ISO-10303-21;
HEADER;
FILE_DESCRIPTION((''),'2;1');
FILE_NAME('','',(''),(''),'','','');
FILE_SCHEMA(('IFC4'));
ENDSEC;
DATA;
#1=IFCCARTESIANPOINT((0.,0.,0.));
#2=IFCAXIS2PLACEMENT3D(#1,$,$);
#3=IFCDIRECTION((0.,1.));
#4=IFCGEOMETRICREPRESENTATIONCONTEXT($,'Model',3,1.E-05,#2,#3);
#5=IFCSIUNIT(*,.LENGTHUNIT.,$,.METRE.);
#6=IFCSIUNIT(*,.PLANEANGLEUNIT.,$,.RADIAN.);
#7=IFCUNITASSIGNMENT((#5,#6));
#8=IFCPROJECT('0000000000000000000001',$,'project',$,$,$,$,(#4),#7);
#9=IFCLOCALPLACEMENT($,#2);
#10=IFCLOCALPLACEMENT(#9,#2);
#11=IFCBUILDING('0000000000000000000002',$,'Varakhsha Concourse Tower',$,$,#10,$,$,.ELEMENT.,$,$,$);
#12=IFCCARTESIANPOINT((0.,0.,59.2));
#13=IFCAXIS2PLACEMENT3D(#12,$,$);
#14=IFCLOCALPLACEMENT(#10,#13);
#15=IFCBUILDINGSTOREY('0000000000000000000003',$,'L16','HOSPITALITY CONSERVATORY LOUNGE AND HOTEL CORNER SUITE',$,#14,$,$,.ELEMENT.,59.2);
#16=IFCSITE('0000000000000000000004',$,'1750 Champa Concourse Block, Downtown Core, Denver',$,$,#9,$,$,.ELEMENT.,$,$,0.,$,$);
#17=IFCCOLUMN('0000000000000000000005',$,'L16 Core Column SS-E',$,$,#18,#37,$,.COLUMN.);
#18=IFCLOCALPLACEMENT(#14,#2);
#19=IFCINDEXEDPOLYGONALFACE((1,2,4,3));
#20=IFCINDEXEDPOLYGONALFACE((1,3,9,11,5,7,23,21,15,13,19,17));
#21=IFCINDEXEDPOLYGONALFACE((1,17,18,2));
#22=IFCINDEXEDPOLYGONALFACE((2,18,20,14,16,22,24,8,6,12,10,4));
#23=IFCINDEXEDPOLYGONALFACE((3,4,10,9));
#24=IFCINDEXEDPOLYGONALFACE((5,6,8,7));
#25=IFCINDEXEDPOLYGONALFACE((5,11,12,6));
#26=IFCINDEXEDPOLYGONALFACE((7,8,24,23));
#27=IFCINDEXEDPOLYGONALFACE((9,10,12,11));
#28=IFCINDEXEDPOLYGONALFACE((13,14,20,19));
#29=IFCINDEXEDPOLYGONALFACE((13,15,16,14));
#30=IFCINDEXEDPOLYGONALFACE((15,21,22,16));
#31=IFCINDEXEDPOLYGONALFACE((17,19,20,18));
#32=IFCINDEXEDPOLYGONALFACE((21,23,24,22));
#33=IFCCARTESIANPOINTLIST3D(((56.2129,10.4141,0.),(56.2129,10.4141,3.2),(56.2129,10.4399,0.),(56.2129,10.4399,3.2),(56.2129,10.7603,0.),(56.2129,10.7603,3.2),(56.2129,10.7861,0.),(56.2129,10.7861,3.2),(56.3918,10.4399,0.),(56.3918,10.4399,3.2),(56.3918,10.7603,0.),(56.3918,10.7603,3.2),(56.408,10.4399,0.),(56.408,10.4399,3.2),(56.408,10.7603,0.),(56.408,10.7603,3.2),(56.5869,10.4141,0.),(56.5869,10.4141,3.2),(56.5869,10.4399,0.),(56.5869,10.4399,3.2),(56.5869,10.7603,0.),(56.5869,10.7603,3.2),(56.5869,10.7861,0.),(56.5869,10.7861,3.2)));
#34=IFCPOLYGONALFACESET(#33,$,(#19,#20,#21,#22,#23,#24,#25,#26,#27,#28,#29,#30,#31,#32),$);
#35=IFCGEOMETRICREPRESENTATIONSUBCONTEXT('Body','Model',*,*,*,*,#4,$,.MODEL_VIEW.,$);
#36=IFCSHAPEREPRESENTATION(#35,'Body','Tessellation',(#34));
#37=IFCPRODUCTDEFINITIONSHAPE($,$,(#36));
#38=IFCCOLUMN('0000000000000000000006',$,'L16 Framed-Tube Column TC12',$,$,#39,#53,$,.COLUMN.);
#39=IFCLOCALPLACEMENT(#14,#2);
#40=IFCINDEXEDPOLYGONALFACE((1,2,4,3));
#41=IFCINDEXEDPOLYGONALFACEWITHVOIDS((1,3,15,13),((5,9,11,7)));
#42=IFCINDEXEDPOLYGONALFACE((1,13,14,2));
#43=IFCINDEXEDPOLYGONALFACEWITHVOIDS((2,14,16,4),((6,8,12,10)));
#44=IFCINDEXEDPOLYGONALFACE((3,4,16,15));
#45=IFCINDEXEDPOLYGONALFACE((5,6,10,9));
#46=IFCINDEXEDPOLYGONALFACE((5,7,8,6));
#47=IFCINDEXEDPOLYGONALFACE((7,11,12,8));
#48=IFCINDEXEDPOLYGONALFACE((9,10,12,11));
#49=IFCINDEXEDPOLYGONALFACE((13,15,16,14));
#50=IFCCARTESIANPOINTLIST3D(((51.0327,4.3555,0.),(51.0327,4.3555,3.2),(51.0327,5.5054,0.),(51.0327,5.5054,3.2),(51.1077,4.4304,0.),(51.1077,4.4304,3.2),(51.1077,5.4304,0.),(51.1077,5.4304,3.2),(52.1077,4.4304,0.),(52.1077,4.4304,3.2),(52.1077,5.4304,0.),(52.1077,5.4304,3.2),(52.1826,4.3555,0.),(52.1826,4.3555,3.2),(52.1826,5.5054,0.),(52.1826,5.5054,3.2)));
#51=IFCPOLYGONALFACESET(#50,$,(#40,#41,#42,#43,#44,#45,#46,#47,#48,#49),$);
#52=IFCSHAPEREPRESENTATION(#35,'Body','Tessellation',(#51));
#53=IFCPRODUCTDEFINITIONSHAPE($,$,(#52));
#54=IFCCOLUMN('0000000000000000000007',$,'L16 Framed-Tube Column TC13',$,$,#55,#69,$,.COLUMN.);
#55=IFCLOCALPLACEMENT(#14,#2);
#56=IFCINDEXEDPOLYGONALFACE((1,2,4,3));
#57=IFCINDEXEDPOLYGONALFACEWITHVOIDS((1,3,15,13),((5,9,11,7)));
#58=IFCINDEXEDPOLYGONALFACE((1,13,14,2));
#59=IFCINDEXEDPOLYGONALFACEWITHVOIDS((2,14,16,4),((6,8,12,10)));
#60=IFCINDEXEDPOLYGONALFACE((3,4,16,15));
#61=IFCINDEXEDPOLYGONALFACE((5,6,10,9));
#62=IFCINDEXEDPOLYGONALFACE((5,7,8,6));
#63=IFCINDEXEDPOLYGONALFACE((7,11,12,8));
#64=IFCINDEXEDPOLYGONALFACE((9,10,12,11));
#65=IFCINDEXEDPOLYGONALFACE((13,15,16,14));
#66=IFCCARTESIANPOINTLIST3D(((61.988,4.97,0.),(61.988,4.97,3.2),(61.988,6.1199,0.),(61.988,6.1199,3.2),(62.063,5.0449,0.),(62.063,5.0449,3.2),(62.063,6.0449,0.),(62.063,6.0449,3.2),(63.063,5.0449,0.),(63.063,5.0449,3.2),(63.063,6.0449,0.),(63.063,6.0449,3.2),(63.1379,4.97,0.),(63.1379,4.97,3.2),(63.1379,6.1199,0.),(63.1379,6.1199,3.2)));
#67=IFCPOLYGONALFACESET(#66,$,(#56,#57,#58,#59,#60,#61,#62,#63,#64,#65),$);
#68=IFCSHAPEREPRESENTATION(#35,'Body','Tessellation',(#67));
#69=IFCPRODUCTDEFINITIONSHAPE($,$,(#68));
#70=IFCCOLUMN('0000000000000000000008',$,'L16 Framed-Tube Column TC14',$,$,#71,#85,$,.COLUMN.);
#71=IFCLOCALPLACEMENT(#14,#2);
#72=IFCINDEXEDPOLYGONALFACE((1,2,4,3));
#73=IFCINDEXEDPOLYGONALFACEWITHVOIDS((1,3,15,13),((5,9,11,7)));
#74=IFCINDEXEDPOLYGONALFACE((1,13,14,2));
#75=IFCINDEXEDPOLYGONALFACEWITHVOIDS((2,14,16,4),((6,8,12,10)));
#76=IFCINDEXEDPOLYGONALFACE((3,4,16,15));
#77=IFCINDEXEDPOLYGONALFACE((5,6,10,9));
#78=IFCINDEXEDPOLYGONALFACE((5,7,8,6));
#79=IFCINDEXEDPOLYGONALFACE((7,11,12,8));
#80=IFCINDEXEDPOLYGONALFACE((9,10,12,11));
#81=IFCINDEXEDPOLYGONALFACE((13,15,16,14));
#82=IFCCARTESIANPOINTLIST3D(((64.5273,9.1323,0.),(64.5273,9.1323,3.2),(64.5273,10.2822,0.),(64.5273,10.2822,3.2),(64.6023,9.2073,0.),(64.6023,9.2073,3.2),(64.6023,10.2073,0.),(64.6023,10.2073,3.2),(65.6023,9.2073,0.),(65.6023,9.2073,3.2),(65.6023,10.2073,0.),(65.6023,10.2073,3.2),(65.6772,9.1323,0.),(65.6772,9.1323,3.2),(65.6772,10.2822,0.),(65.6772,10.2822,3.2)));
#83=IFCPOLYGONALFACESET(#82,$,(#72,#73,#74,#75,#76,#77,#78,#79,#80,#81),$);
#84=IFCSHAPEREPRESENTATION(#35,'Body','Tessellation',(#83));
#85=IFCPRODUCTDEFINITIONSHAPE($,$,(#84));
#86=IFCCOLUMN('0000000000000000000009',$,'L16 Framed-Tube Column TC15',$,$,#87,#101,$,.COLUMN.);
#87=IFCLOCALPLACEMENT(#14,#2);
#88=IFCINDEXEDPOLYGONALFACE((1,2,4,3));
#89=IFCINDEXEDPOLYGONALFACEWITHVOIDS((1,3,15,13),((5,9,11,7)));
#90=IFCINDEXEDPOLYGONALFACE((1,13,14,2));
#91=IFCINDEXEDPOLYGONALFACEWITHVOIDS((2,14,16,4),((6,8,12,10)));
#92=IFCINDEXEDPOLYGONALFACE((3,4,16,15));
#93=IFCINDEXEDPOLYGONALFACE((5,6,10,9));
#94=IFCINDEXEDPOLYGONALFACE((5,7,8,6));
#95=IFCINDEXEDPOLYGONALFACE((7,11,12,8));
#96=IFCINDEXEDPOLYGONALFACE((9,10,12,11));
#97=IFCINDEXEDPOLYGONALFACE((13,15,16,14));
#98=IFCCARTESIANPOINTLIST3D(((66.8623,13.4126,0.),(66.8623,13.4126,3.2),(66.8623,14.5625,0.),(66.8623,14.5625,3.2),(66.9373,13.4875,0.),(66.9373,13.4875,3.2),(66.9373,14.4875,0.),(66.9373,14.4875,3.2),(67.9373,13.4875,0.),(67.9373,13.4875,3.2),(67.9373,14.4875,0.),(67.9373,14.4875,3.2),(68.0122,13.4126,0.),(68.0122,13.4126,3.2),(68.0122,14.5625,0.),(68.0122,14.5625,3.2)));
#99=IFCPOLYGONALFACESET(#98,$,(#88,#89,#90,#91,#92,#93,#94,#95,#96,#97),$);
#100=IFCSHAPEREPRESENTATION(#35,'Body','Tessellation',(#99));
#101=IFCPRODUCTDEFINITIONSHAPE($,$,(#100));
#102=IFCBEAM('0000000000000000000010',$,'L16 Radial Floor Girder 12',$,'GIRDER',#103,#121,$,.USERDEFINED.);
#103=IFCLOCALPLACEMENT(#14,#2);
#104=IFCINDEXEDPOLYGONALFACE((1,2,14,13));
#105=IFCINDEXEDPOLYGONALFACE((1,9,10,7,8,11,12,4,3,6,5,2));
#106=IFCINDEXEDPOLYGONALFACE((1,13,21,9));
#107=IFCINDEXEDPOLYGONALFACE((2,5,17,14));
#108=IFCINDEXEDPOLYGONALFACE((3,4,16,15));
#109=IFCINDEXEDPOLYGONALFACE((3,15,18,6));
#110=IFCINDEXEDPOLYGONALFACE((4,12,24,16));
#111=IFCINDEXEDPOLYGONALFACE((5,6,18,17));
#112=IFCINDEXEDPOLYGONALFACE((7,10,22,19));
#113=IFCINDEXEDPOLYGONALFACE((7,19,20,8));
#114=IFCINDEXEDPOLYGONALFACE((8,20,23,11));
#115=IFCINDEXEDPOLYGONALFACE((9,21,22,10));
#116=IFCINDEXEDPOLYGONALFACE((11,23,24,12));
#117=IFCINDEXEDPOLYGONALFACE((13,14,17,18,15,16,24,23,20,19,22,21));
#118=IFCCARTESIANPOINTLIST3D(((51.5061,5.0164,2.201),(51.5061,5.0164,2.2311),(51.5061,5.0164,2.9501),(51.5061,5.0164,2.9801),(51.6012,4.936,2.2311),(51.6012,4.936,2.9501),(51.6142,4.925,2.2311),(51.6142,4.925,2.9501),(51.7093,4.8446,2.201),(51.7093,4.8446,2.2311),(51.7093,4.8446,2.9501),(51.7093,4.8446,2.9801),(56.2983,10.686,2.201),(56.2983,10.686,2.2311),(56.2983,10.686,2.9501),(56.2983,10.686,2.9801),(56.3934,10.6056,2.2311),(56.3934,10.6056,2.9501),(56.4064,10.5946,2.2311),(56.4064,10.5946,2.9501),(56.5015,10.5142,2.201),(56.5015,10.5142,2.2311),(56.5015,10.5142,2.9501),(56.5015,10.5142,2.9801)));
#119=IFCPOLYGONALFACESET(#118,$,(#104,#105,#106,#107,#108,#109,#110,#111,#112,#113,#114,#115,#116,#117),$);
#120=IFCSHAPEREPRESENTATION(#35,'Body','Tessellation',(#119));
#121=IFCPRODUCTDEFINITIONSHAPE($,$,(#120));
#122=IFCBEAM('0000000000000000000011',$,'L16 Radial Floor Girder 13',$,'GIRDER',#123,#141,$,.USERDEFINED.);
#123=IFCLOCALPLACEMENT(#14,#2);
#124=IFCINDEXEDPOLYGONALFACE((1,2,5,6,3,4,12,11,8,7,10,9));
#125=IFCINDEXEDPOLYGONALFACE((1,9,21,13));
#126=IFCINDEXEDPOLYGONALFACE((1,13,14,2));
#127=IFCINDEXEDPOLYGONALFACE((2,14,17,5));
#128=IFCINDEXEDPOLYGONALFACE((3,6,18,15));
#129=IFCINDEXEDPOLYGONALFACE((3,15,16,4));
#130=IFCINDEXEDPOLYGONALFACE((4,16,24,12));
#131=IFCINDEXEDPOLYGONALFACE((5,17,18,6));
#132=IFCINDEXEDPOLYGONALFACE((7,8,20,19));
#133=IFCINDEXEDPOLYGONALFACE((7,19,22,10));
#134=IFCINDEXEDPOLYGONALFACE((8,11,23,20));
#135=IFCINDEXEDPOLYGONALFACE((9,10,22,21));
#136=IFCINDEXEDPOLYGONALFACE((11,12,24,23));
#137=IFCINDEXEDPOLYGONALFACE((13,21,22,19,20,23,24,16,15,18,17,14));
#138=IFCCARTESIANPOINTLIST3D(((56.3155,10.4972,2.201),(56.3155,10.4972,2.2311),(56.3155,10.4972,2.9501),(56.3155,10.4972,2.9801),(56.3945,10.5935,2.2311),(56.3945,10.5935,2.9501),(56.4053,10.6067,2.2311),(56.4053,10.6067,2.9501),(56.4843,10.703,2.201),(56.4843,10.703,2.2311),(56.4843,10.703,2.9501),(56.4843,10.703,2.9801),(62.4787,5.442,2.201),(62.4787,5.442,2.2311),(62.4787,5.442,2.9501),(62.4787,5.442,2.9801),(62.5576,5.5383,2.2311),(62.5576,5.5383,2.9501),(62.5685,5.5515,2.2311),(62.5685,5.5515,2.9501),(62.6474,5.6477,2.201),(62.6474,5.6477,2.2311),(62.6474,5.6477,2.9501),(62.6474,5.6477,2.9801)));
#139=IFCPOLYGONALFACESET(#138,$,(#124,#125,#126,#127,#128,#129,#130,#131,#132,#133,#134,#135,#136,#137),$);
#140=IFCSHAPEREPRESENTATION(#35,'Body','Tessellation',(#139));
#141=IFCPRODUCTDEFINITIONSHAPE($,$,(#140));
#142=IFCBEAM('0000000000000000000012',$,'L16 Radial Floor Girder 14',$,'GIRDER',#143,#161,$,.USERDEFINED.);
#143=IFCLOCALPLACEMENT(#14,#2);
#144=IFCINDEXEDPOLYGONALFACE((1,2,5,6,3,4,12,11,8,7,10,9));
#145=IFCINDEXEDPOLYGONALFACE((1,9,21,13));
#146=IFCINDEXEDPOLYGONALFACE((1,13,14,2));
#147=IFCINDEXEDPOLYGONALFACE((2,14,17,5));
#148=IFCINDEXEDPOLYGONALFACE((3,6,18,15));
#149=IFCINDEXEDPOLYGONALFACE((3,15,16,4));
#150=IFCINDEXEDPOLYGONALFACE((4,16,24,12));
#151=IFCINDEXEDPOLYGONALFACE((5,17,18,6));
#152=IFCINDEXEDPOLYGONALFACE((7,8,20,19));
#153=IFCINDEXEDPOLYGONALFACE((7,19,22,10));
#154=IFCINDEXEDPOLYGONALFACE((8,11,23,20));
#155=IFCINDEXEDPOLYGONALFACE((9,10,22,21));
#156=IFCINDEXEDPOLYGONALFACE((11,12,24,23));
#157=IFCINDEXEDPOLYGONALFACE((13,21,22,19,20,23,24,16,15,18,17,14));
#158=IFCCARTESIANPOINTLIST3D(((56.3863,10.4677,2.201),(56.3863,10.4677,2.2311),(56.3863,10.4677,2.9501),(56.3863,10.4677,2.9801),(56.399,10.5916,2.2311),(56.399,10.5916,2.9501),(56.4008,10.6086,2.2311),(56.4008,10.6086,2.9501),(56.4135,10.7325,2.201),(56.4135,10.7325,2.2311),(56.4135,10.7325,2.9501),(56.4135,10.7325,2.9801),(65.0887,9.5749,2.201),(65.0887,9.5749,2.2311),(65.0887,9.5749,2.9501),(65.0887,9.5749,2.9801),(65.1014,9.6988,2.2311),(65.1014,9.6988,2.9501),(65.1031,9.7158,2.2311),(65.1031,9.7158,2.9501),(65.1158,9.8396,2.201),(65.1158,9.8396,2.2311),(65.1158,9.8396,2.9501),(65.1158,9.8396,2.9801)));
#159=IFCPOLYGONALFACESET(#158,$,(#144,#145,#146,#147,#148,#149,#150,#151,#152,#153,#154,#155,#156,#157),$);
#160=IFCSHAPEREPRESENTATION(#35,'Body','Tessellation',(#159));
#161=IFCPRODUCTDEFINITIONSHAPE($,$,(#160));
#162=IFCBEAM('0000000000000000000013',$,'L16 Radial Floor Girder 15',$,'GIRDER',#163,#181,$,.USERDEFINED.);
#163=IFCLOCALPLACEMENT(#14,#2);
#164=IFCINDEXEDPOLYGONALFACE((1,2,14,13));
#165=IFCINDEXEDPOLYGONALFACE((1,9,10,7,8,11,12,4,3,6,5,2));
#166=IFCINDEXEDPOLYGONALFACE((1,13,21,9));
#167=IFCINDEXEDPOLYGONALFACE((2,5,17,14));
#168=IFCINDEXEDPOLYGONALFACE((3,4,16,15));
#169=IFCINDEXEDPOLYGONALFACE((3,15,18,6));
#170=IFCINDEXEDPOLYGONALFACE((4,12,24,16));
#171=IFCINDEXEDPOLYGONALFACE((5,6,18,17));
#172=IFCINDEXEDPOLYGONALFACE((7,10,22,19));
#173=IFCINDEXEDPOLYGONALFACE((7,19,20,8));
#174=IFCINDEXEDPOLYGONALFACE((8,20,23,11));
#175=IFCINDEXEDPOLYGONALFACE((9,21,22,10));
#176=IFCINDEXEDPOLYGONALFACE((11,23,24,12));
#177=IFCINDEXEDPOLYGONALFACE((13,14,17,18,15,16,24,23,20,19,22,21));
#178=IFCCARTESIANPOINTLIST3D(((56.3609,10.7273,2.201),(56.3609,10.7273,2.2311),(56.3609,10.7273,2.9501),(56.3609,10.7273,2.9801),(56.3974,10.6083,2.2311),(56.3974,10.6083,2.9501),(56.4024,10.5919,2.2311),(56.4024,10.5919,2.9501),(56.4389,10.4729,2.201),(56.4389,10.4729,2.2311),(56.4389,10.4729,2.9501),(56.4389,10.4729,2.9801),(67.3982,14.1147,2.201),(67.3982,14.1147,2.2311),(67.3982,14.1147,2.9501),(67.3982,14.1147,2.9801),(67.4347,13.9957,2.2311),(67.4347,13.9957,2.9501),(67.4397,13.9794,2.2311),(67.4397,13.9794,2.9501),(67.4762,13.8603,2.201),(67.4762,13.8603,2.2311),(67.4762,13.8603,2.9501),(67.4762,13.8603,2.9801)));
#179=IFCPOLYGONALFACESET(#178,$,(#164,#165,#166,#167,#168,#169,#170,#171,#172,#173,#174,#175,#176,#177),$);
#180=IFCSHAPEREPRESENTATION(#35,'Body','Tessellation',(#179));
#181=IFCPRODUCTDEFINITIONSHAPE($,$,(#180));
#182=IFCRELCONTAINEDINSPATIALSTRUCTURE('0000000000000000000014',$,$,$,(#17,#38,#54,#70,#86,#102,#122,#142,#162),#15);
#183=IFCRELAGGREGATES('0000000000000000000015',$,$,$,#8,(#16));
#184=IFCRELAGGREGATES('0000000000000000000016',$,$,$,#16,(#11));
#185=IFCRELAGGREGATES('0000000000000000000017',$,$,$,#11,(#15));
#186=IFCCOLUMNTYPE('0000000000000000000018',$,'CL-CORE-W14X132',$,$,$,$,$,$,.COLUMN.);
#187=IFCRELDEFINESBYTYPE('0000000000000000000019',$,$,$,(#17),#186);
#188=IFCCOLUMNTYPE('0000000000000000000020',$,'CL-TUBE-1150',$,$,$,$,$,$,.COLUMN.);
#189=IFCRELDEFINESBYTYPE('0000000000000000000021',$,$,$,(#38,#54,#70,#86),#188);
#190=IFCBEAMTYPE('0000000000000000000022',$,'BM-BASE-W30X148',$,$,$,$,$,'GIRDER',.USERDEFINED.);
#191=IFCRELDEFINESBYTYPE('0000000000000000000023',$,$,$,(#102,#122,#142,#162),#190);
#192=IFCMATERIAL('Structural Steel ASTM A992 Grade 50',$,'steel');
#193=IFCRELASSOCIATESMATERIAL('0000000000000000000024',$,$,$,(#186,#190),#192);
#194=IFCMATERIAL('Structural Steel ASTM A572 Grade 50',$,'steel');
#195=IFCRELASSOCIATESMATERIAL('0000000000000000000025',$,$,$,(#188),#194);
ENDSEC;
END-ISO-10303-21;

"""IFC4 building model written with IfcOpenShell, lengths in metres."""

from ifc_helpers import new_model, si_unit, direction, frame, origin, origin_2d, place, context, subcontext, project, spatial, hollow_rectangle, i_section, extrude, material, material_profile, profile_set, type_object, element, save


model = new_model("IFC4")

# Units and contexts
model_context = context("Model", 3, precision=1e-05, world=origin(), true_north=direction((0.0, 1.0)))
body_context = subcontext(model_context, "Body", "Model", "MODEL_VIEW")
ifc_project = project(units=[si_unit("LENGTHUNIT", "METRE"), si_unit("PLANEANGLEUNIT", "RADIAN")], contexts=[model_context])

# Site, building, storey
site_placement = place(None, origin())
site = spatial("IfcSite", under=ifc_project, at=site_placement, Name="1750 Champa Concourse Block, Downtown Core, Denver", CompositionType="ELEMENT", RefElevation=0.0)
building_placement = place(site_placement, origin())
building = spatial("IfcBuilding", under=site, at=building_placement, Name="Varakhsha Concourse Tower", CompositionType="ELEMENT")
storey_placement = place(building_placement, frame((0.0, 0.0, 59.2)))
storey = spatial("IfcBuildingStorey", under=building, at=storey_placement, Name="L16", Description="HOSPITALITY CONSERVATORY LOUNGE AND HOTEL CORNER SUITE", CompositionType="ELEMENT", Elevation=59.2)

# Columns
ifc_material_1 = material(Name="Structural Steel ASTM A992 Grade 50", Category="steel")
ifc_material_profile_1 = material_profile(ifc_material_1, i_section(OverallWidth=0.374, OverallDepth=0.3721, WebThickness=0.0161, FlangeThickness=0.0259, at=origin_2d()), Name="W14X132")
ifc_profile_set_1 = profile_set([ifc_material_profile_1], Name="Structural Steel ASTM A992 Grade 50")
column_type_1 = type_object("IfcColumnType", Name="CL-CORE-W14X132", PredefinedType="COLUMN", material=ifc_profile_set_1)
column_placement = place(storey_placement, frame((56.3999, 10.6001, 0.0), z_axis=(0.0, 0.0, 1.0), x_axis=(1.0, 0.0, 0.0)))
element("IfcColumn", 1, at=column_placement, inside=storey, type_object=column_type_1, Name="L16 Core Column SS-E", PredefinedType="COLUMN", context=body_context, shape_type="SweptSolid", body=[
    extrude(i_section(OverallWidth=0.374, OverallDepth=0.3721, WebThickness=0.0161, FlangeThickness=0.0259, at=origin_2d()), origin(), (0.0, 0.0, 1.0), 3.2),
])
ifc_material_2 = material(Name="Structural Steel ASTM A572 Grade 50", Category="steel")
ifc_material_profile_2 = material_profile(ifc_material_2, hollow_rectangle(XDim=1.1499, YDim=1.1499, WallThickness=0.075, at=origin_2d()), Name="BOX 1150x1150x75")
ifc_profile_set_2 = profile_set([ifc_material_profile_2], Name="Structural Steel ASTM A572 Grade 50")
column_type_2 = type_object("IfcColumnType", Name="CL-TUBE-1150", PredefinedType="COLUMN", material=ifc_profile_set_2)
for number, where, z_axis, x_axis, name in (
    (2, (51.6077, 4.9304, 0.0), (0.0, 0.0, 1.0), (1.0, 0.0, 0.0), "L16 Framed-Tube Column TC12"),
    (3, (62.563, 5.5449, 0.0), (0.0, 0.0, 1.0), (1.0, 0.0, 0.0), "L16 Framed-Tube Column TC13"),
    (4, (65.1023, 9.7073, 0.0), (0.0, 0.0, 1.0), (1.0, 0.0, 0.0), "L16 Framed-Tube Column TC14"),
    (5, (67.4373, 13.9875, 0.0), (0.0, 0.0, 1.0), (1.0, 0.0, 0.0), "L16 Framed-Tube Column TC15"),
):
    element("IfcColumn", number, at=place(storey_placement, frame(where, z_axis=z_axis, x_axis=x_axis)), inside=storey, type_object=column_type_2, Name=name, PredefinedType="COLUMN", context=body_context, shape_type="SweptSolid", body=[
        extrude(hollow_rectangle(XDim=1.1499, YDim=1.1499, WallThickness=0.075, at=origin_2d()), origin(), (0.0, 0.0, 1.0), 3.2),
    ])

# Beams
ifc_material_profile_3 = material_profile(ifc_material_1, i_section(OverallWidth=0.2661, OverallDepth=0.7791, WebThickness=0.0171, FlangeThickness=0.03, at=origin_2d()), Name="W30X148")
ifc_profile_set_3 = profile_set([ifc_material_profile_3], Name="Structural Steel ASTM A992 Grade 50")
beam_type_1 = type_object("IfcBeamType", Name="BM-BASE-W30X148", ElementType="GIRDER", PredefinedType="USERDEFINED", material=ifc_profile_set_3)
beam_1_placement = place(storey_placement, frame((56.3999, 10.6001, 2.5906), z_axis=(-0.645535, -0.76373, 0.0), x_axis=(0.76373, -0.645535, 0.0)))
element("IfcBeam", 6, at=beam_1_placement, inside=storey, type_object=beam_type_1, Name="L16 Radial Floor Girder 12", ObjectType="GIRDER", PredefinedType="USERDEFINED", context=body_context, shape_type="SweptSolid", body=[
    extrude(i_section(OverallWidth=0.2661, OverallDepth=0.7791, WebThickness=0.0171, FlangeThickness=0.03, at=origin_2d()), origin(), (0.0, 0.0, 1.0), 7.4236),
])
beam_2_placement = place(storey_placement, frame((56.3999, 10.6001, 2.5906), z_axis=(0.773179, -0.634188, 0.0), x_axis=(0.634188, 0.773179, 0.0)))
element("IfcBeam", 7, at=beam_2_placement, inside=storey, type_object=beam_type_1, Name="L16 Radial Floor Girder 13", ObjectType="GIRDER", PredefinedType="USERDEFINED", context=body_context, shape_type="SweptSolid", body=[
    extrude(i_section(OverallWidth=0.2661, OverallDepth=0.7791, WebThickness=0.0171, FlangeThickness=0.03, at=origin_2d()), origin(), (0.0, 0.0, 1.0), 7.9712),
])
beam_3_placement = place(storey_placement, frame((56.3999, 10.6001, 2.5906), z_axis=(0.994778, -0.102059, 0.0), x_axis=(0.102059, 0.994778, 0.0)))
element("IfcBeam", 8, at=beam_3_placement, inside=storey, type_object=beam_type_1, Name="L16 Radial Floor Girder 14", ObjectType="GIRDER", PredefinedType="USERDEFINED", context=body_context, shape_type="SweptSolid", body=[
    extrude(i_section(OverallWidth=0.2661, OverallDepth=0.7791, WebThickness=0.0171, FlangeThickness=0.03, at=origin_2d()), origin(), (0.0, 0.0, 1.0), 8.748),
])
beam_4_placement = place(storey_placement, frame((56.3999, 10.6001, 2.5906), z_axis=(0.95599, 0.293401, 0.0), x_axis=(-0.293401, 0.95599, 0.0)))
element("IfcBeam", 9, at=beam_4_placement, inside=storey, type_object=beam_type_1, Name="L16 Radial Floor Girder 15", ObjectType="GIRDER", PredefinedType="USERDEFINED", context=body_context, shape_type="SweptSolid", body=[
    extrude(i_section(OverallWidth=0.2661, OverallDepth=0.7791, WebThickness=0.0171, FlangeThickness=0.03, at=origin_2d()), origin(), (0.0, 0.0, 1.0), 11.5454),
])

save(model, "model.ifc")
